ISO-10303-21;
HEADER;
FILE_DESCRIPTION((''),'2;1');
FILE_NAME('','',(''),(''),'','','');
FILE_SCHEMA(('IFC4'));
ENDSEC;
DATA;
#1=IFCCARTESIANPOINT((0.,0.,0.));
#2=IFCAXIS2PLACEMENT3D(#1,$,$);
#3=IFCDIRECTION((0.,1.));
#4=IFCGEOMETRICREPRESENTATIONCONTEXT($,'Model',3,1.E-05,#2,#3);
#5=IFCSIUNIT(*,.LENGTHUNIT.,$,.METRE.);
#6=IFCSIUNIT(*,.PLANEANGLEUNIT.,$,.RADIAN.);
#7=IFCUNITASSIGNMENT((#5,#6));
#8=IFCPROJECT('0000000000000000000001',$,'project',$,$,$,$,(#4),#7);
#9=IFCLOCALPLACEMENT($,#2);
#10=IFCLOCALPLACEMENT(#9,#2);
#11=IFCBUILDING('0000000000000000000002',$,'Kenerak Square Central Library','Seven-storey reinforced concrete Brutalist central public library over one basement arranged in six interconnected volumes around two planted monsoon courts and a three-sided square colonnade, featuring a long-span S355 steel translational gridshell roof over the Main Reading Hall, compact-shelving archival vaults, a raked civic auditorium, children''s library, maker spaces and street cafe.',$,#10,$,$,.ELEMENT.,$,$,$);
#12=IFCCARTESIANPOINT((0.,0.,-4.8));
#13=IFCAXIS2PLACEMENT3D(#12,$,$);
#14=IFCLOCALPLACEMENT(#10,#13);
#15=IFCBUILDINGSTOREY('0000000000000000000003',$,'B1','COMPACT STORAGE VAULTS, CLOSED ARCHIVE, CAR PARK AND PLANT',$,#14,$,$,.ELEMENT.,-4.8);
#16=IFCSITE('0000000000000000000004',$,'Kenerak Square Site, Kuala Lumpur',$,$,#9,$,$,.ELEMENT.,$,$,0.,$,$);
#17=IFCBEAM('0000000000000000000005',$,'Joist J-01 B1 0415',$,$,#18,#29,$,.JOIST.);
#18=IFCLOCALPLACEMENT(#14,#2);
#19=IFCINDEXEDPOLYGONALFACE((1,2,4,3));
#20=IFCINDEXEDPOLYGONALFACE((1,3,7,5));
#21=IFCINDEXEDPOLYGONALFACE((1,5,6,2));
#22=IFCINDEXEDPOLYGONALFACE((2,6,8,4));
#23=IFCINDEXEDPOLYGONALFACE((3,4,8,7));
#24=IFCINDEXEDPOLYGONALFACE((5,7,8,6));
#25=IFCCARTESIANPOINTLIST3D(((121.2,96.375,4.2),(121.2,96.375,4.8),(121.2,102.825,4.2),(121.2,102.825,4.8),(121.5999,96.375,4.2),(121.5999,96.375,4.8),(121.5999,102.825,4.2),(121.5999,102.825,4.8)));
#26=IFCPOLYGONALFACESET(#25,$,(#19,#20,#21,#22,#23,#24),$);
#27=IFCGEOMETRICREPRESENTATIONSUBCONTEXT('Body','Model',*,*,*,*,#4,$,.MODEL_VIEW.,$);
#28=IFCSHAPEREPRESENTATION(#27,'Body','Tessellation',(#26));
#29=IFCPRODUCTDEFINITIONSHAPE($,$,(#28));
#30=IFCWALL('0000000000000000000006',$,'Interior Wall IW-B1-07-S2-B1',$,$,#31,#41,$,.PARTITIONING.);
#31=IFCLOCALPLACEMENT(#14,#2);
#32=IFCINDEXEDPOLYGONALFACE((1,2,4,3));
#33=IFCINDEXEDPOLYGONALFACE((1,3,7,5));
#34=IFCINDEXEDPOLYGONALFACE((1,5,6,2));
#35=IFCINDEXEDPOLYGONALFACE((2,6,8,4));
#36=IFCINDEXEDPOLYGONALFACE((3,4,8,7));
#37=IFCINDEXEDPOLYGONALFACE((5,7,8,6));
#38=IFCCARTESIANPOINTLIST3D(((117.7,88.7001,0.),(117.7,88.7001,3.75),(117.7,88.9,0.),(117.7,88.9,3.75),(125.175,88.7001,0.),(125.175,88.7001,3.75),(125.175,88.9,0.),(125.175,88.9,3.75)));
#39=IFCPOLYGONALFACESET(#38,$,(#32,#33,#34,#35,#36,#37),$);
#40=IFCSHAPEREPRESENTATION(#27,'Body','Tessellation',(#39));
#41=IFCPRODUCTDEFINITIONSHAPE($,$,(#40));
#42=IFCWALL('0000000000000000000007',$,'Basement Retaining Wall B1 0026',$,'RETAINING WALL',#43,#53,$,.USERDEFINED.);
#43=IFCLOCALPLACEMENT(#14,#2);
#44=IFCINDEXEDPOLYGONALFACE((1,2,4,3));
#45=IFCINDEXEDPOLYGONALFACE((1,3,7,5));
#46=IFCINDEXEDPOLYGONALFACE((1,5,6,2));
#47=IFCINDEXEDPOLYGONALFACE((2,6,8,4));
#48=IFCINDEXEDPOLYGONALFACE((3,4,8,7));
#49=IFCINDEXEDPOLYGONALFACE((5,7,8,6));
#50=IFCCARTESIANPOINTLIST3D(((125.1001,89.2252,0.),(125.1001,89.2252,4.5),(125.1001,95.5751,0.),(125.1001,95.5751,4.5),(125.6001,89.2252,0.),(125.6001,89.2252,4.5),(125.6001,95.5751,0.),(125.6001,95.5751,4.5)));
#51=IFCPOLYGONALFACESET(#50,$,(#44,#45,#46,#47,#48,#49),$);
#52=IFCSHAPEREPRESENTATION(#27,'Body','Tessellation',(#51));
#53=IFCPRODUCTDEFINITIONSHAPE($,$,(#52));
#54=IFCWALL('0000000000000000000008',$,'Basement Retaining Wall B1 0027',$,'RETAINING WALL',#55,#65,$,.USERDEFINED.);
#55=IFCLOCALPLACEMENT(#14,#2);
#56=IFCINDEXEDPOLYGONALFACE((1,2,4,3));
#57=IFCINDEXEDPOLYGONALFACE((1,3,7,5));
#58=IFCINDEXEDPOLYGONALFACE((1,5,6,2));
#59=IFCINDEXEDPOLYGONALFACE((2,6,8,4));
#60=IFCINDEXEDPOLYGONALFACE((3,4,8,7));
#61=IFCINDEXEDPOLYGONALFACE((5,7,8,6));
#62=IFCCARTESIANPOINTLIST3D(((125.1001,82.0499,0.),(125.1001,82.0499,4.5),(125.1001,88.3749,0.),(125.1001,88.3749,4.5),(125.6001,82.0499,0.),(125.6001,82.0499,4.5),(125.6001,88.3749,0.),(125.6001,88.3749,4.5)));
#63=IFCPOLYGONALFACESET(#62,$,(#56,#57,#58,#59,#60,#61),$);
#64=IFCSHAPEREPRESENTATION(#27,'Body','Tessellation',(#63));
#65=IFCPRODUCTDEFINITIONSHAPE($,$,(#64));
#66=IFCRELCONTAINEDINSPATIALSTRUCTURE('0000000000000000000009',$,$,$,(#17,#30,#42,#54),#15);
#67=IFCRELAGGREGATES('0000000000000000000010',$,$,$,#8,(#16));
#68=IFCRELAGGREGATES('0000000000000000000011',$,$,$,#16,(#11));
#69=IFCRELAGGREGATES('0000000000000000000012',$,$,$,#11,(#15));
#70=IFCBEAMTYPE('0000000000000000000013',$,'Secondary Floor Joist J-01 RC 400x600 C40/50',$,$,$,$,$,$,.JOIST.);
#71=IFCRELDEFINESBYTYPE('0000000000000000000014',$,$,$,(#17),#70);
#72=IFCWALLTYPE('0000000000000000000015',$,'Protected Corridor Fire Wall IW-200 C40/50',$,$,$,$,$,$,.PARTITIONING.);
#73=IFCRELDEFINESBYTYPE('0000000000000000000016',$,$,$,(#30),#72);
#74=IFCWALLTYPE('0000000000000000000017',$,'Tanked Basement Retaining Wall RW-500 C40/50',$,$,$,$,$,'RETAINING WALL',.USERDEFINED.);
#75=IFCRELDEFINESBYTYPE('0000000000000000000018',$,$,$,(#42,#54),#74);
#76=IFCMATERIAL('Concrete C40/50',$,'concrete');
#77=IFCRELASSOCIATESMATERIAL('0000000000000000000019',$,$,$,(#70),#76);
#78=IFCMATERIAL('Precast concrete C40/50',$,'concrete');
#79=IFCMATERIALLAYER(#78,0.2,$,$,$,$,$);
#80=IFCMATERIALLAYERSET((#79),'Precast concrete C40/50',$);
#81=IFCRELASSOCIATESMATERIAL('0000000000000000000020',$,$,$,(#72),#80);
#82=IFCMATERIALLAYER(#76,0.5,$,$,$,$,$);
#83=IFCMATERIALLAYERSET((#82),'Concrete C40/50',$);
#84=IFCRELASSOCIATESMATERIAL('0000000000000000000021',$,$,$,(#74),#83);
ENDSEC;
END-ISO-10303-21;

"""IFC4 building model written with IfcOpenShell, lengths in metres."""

from ifc_helpers import new_model, si_unit, direction, frame, frame_2d, origin, origin_2d, place, context, subcontext, project, spatial, rectangle, extrude, material, layer, layer_set, material_profile, profile_set, type_object, element, save


model = new_model("IFC4")

# Units and contexts
model_context = context("Model", 3, precision=1e-05, world=origin(), true_north=direction((0.0, 1.0)))
body_context = subcontext(model_context, "Body", "Model", "MODEL_VIEW")
ifc_project = project(units=[si_unit("LENGTHUNIT", "METRE"), si_unit("PLANEANGLEUNIT", "RADIAN")], contexts=[model_context])

# Site, building, storey
site_placement = place(None, origin())
site = spatial("IfcSite", under=ifc_project, at=site_placement, Name="Kenerak Square Site, Kuala Lumpur", CompositionType="ELEMENT", RefElevation=0.0)
building_placement = place(site_placement, origin())
building = spatial("IfcBuilding", under=site, at=building_placement, Name="Kenerak Square Central Library", Description="Seven-storey reinforced concrete Brutalist central public library over one basement arranged in six interconnected volumes around two planted monsoon courts and a three-sided square colonnade, featuring a long-span S355 steel translational gridshell roof over the Main Reading Hall, compact-shelving archival vaults, a raked civic auditorium, children's library, maker spaces and street cafe.", CompositionType="ELEMENT")
storey_placement = place(building_placement, frame((0.0, 0.0, -4.8)))
storey = spatial("IfcBuildingStorey", under=building, at=storey_placement, Name="B1", Description="COMPACT STORAGE VAULTS, CLOSED ARCHIVE, CAR PARK AND PLANT", CompositionType="ELEMENT", Elevation=-4.8)

# Shared definitions
ifc_material_1 = material(Name="Concrete C40/50", Category="concrete")

# Beam
ifc_material_profile_1 = material_profile(ifc_material_1, rectangle(XDim=0.3999, YDim=0.6001, at=origin_2d()), Name="RC 400x600")
ifc_profile_set_1 = profile_set([ifc_material_profile_1], Name="Concrete C40/50")
beam_type_1 = type_object("IfcBeamType", Name="Secondary Floor Joist J-01 RC 400x600 C40/50", PredefinedType="JOIST", material=ifc_profile_set_1)
for number, where, z_axis, x_axis, name in (
    (1, (121.3999, 96.375, 4.5), (0.0, 1.0, 0.0), (-1.0, 0.0, 0.0), "Joist J-01 B1 0415"),
):
    element("IfcBeam", number, at=place(storey_placement, frame(where, z_axis=z_axis, x_axis=x_axis)), inside=storey, type_object=beam_type_1, Name=name, PredefinedType="JOIST", context=body_context, shape_type="SweptSolid", body=[
        extrude(rectangle(XDim=0.3999, YDim=0.6001, at=origin_2d()), origin(), (0.0, 0.0, 1.0), 6.45),
    ])

# Walls
ifc_material_2 = material(Name="Precast concrete C40/50", Category="concrete")
ifc_layer_1 = layer(ifc_material_2, 0.2)
ifc_layer_set_1 = layer_set([ifc_layer_1], Name="Precast concrete C40/50")
wall_type_1 = type_object("IfcWallType", Name="Protected Corridor Fire Wall IW-200 C40/50", PredefinedType="PARTITIONING", material=ifc_layer_set_1)
wall_1_placement = place(storey_placement, frame((125.175, 88.8, 0.0), z_axis=(0.0, 0.0, 1.0), x_axis=(-1.0, 0.0, 0.0)))
element("IfcWall", 2, at=wall_1_placement, inside=storey, type_object=wall_type_1, Name="Interior Wall IW-B1-07-S2-B1", PredefinedType="PARTITIONING", context=body_context, shape_type="SweptSolid", body=[
    extrude(rectangle(XDim=7.4751, YDim=0.2, at=frame_2d((3.7375, 0.0))), origin(), (0.0, 0.0, 1.0), 3.75),
])
ifc_layer_2 = layer(ifc_material_1, 0.5)
ifc_layer_set_2 = layer_set([ifc_layer_2], Name="Concrete C40/50")
wall_type_2 = type_object("IfcWallType", Name="Tanked Basement Retaining Wall RW-500 C40/50", ElementType="RETAINING WALL", PredefinedType="USERDEFINED", material=ifc_layer_set_2)
wall_2_placement = place(storey_placement, frame((125.3501, 95.575, 0.0), z_axis=(0.0, 0.0, 1.0), x_axis=(0.0, -1.0, 0.0)))
element("IfcWall", 3, at=wall_2_placement, inside=storey, type_object=wall_type_2, Name="Basement Retaining Wall B1 0026", ObjectType="RETAINING WALL", PredefinedType="USERDEFINED", context=body_context, shape_type="SweptSolid", body=[
    extrude(rectangle(XDim=6.3499, YDim=0.5, at=frame_2d((3.1748, 0.0))), origin(), (0.0, 0.0, 1.0), 4.5),
])
wall_3_placement = place(storey_placement, frame((125.3501, 88.375, 0.0), z_axis=(0.0, 0.0, 1.0), x_axis=(0.0, -1.0, 0.0)))
element("IfcWall", 4, at=wall_3_placement, inside=storey, type_object=wall_type_2, Name="Basement Retaining Wall B1 0027", ObjectType="RETAINING WALL", PredefinedType="USERDEFINED", context=body_context, shape_type="SweptSolid", body=[
    extrude(rectangle(XDim=6.325, YDim=0.5, at=frame_2d((3.1626, 0.0))), origin(), (0.0, 0.0, 1.0), 4.5),
])

save(model, "model.ifc")
